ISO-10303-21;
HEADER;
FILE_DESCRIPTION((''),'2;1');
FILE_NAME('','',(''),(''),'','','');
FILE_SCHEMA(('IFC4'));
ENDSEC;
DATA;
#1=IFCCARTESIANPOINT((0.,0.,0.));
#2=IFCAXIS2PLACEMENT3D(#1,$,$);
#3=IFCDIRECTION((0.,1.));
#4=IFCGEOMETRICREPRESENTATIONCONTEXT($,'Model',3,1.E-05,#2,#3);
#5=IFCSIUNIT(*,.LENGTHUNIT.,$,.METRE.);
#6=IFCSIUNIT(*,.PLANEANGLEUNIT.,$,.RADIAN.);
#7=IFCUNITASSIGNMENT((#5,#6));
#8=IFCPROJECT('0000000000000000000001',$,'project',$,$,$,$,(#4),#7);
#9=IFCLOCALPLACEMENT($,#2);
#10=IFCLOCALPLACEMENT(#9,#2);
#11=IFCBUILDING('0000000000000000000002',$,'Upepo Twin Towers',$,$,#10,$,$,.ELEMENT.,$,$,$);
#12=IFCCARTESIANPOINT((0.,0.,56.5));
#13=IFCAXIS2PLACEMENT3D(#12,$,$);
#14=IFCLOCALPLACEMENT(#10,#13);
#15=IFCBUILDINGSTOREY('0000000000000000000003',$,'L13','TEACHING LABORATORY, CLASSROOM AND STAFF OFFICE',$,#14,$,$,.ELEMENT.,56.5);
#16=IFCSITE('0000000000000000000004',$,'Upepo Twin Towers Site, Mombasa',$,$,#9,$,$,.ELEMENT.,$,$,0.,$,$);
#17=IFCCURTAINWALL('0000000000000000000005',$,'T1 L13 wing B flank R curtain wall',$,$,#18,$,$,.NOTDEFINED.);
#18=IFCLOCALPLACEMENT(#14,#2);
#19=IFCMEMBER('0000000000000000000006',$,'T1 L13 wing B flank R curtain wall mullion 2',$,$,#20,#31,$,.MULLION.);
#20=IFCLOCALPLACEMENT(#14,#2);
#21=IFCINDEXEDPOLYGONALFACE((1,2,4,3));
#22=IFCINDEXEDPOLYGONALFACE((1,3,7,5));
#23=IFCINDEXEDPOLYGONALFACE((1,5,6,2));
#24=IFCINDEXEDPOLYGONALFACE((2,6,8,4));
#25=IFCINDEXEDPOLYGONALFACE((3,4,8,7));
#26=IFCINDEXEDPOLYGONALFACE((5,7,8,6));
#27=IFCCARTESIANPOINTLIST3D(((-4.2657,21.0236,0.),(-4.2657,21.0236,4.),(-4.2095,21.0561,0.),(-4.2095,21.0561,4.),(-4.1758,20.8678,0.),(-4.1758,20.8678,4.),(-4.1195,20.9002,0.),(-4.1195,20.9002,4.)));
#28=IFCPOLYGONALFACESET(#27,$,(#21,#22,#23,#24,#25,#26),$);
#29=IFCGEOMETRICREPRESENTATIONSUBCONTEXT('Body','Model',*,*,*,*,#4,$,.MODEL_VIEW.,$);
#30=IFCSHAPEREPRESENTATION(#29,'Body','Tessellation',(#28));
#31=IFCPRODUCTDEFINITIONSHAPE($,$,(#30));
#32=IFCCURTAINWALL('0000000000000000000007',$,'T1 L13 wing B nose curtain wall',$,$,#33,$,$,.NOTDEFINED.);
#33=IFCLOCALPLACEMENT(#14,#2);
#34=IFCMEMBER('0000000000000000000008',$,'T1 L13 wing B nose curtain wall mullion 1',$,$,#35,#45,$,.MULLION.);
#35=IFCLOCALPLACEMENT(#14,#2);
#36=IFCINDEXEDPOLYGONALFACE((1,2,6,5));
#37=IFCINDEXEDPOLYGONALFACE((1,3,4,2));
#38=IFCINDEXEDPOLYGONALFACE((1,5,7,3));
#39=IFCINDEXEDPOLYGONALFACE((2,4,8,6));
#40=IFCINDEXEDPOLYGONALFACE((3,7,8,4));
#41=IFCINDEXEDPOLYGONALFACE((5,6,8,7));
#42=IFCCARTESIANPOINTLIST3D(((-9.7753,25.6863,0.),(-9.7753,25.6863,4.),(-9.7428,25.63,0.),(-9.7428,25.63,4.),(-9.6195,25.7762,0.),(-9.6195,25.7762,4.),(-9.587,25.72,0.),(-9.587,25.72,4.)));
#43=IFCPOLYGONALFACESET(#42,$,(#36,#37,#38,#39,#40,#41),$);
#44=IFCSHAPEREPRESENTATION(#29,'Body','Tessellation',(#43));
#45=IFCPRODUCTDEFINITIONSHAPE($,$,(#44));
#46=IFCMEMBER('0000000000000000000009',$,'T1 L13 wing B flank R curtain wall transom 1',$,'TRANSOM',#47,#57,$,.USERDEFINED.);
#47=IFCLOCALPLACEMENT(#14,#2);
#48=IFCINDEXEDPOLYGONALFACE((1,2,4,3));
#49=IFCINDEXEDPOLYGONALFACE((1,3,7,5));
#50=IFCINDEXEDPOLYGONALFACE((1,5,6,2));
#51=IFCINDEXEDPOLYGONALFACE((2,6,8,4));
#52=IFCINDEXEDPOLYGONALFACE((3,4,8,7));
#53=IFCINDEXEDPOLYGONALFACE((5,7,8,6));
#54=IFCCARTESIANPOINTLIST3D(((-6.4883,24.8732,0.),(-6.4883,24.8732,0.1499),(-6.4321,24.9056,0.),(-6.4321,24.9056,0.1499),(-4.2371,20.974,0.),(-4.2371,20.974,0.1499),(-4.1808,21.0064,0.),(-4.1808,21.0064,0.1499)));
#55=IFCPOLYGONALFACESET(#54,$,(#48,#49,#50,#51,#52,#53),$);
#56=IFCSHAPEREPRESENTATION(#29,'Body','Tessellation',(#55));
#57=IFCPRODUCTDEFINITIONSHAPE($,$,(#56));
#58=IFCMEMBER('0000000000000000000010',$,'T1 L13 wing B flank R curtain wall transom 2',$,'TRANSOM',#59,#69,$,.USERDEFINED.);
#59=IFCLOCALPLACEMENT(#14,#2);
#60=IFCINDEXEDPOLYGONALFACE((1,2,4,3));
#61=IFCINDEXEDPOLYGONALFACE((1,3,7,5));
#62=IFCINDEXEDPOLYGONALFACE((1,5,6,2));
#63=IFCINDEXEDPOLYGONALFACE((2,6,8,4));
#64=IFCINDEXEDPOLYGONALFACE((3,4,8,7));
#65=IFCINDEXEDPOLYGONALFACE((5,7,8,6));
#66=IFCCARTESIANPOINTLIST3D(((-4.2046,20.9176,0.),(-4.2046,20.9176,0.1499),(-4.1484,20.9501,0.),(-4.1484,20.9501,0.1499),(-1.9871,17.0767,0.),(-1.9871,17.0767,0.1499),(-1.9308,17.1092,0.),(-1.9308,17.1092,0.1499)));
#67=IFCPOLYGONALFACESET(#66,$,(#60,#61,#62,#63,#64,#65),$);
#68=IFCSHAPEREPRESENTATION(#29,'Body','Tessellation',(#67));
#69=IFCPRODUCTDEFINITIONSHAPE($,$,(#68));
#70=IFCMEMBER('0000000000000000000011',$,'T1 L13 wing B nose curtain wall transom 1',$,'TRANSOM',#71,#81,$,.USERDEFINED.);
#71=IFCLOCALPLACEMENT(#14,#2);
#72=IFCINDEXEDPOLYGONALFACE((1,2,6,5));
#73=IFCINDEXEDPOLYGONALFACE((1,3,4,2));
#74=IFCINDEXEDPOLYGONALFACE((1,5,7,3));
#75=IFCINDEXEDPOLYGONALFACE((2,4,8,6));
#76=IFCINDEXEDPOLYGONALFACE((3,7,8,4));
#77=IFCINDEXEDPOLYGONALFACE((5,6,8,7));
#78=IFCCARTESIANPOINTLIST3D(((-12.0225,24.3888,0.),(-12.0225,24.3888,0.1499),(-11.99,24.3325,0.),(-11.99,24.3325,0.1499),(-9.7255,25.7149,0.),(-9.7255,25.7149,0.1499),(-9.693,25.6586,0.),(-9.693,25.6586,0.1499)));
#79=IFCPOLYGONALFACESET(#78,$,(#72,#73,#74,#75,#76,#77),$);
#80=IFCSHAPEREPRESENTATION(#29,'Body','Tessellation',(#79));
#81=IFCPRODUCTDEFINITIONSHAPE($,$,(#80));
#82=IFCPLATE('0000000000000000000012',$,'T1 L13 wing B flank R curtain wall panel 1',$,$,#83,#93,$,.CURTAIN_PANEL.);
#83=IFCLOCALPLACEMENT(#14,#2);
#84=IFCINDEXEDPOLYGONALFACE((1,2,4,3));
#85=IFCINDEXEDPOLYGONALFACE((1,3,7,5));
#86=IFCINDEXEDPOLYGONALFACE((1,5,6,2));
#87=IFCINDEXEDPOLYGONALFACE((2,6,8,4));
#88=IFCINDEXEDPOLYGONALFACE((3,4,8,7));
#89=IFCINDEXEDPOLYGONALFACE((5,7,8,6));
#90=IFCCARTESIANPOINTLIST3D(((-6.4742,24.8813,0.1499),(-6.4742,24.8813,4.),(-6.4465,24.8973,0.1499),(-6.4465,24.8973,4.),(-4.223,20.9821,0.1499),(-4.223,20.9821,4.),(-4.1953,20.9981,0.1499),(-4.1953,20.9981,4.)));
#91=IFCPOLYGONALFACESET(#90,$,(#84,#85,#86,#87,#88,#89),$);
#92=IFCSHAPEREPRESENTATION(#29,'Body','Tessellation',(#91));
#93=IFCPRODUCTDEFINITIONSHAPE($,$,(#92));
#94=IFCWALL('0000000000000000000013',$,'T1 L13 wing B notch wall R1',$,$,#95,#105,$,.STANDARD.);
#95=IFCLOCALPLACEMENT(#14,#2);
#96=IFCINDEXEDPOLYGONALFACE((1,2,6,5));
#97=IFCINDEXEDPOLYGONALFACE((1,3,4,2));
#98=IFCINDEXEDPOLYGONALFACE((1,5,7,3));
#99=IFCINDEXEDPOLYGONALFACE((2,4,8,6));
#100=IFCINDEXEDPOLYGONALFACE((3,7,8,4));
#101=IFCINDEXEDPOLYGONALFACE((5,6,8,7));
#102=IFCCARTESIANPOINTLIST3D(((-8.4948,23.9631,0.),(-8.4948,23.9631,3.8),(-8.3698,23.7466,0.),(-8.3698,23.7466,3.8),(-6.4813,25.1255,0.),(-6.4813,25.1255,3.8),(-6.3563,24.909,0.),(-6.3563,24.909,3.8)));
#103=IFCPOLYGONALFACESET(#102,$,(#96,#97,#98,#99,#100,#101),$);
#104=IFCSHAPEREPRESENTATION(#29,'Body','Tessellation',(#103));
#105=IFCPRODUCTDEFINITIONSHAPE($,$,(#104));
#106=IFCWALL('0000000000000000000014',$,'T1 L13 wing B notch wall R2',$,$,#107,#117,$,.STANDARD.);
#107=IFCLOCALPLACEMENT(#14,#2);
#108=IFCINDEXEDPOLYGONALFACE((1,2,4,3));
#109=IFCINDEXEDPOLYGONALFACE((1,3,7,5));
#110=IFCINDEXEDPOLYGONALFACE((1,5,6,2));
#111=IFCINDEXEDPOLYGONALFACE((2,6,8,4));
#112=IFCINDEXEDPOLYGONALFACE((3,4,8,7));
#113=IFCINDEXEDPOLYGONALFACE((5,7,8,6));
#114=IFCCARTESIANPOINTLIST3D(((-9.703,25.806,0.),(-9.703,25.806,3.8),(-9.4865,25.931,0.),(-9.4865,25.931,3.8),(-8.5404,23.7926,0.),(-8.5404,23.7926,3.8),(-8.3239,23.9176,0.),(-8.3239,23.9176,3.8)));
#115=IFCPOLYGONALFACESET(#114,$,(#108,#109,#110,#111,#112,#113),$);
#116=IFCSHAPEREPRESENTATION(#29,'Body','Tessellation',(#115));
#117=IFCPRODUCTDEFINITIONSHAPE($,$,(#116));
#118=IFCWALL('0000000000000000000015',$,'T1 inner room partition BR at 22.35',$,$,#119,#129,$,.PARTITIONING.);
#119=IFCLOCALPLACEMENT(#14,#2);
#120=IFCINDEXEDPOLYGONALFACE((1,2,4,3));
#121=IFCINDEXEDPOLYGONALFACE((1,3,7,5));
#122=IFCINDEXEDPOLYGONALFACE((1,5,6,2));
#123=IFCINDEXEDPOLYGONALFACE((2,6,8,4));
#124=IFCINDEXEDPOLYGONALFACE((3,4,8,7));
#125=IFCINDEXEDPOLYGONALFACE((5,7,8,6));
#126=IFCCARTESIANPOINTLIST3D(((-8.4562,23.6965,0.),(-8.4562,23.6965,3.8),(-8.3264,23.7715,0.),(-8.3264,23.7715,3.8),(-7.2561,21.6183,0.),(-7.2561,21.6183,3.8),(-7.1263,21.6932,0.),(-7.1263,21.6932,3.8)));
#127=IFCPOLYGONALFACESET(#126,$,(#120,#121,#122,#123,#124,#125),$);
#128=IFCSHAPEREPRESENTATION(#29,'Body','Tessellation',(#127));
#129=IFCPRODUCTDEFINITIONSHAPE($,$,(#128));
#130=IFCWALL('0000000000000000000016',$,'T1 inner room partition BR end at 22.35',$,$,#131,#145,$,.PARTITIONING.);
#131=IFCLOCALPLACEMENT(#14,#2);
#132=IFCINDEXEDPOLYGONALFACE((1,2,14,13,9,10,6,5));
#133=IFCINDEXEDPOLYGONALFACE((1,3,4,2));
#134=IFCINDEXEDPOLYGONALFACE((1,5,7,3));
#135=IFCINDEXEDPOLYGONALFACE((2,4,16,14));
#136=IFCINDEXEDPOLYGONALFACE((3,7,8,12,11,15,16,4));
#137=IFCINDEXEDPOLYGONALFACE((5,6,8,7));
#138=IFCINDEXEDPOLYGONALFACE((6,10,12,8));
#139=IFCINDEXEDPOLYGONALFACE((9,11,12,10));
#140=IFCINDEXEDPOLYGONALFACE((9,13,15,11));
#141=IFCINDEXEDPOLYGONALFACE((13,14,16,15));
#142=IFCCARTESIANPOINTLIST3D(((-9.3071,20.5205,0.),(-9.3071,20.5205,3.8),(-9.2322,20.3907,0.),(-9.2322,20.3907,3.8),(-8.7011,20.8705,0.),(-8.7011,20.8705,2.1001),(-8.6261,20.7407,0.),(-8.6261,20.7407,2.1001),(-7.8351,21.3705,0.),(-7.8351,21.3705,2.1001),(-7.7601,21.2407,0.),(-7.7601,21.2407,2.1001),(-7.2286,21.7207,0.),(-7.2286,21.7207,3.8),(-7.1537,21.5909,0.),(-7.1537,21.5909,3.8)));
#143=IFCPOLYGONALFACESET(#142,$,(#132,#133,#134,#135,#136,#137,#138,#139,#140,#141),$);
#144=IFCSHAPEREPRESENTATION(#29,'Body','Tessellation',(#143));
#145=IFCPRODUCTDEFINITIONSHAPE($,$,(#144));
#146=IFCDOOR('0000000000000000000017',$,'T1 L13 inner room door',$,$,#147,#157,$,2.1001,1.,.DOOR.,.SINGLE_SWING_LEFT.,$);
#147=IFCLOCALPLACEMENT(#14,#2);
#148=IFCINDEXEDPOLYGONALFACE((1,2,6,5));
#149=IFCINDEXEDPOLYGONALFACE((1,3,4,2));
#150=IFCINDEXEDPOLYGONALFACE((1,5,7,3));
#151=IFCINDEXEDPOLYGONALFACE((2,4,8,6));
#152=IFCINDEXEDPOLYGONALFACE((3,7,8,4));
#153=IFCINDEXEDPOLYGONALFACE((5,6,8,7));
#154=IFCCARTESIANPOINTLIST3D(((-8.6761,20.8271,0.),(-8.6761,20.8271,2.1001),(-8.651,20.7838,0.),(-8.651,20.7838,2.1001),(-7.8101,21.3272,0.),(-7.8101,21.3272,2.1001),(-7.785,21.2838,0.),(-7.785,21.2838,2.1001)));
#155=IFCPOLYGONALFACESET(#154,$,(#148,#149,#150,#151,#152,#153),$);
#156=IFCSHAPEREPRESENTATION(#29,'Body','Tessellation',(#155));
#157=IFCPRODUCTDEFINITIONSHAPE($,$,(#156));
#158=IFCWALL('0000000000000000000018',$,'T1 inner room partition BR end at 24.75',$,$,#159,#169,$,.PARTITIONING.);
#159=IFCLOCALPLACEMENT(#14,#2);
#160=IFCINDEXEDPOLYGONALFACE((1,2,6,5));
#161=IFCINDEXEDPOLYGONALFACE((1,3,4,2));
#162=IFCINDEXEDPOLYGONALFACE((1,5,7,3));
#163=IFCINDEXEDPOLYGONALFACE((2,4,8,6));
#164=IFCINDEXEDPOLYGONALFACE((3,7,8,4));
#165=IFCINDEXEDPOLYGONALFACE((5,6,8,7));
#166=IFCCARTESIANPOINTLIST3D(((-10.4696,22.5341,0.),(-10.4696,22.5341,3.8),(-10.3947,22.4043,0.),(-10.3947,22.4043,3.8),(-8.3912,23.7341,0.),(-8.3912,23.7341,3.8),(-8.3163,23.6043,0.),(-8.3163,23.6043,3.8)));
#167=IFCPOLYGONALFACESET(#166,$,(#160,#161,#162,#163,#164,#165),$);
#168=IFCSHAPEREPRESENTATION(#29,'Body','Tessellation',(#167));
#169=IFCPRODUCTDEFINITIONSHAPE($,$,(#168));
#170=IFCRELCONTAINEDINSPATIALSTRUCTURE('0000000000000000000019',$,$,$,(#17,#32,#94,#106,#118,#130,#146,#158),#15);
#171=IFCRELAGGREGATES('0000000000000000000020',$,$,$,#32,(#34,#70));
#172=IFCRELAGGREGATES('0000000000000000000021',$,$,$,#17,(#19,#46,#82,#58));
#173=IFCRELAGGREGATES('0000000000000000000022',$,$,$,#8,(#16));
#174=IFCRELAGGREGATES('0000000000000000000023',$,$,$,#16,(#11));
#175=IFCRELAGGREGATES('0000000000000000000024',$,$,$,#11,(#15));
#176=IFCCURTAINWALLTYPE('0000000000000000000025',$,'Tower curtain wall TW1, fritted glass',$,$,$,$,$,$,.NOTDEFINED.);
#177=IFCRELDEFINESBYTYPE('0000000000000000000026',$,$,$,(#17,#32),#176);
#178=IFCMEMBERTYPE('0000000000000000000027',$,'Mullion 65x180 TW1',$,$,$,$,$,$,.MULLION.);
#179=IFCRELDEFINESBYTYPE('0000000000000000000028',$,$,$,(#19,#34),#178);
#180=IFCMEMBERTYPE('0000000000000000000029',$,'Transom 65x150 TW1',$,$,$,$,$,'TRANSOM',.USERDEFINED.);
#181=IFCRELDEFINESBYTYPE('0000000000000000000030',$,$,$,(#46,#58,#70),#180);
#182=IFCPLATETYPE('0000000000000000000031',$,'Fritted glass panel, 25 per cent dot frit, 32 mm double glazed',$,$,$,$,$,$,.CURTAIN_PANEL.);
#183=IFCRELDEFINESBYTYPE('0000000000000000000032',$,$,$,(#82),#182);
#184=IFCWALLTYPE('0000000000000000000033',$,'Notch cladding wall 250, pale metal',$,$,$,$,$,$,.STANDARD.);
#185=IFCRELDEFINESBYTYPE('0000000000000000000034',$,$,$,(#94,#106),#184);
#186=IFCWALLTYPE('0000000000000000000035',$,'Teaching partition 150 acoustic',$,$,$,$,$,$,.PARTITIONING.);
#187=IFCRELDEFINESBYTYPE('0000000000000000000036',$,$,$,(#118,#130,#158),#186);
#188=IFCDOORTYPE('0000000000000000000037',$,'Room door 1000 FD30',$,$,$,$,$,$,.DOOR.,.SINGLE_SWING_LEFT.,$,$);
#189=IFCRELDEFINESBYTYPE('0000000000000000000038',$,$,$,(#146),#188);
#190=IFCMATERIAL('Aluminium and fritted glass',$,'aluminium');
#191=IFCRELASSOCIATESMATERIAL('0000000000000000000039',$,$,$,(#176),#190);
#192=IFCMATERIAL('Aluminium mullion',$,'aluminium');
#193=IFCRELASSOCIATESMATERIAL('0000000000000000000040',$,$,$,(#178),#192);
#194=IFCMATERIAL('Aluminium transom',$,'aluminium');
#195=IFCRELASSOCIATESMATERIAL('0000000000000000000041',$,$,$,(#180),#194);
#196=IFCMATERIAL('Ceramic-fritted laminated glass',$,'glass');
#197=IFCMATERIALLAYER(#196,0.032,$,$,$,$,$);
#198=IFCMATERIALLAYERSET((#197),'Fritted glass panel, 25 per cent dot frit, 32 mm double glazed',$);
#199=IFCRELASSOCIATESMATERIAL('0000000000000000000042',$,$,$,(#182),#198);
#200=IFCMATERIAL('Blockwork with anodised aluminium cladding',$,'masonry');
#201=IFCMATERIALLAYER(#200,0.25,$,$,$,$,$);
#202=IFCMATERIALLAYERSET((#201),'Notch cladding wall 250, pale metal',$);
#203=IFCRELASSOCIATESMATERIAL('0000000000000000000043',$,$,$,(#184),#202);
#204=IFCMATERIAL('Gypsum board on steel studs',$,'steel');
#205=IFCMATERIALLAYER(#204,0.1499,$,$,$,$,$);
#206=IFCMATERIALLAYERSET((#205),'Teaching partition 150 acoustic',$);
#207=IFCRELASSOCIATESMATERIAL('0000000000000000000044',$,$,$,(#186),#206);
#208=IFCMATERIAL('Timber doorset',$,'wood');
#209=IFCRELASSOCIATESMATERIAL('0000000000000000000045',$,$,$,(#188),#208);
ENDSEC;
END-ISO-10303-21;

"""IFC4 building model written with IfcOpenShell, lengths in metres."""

from ifc_helpers import new_model, si_unit, direction, frame, frame_2d, origin, origin_2d, place, context, subcontext, project, spatial, rectangle, extrude, material, layer, layer_set, material_profile, profile_set, type_object, element, fill, aggregate, save


model = new_model("IFC4")

# Units and contexts
model_context = context("Model", 3, precision=1e-05, world=origin(), true_north=direction((0.0, 1.0)))
body_context = subcontext(model_context, "Body", "Model", "MODEL_VIEW")
ifc_project = project(units=[si_unit("LENGTHUNIT", "METRE"), si_unit("PLANEANGLEUNIT", "RADIAN")], contexts=[model_context])

# Site, building, storey
site_placement = place(None, origin())
site = spatial("IfcSite", under=ifc_project, at=site_placement, Name="Upepo Twin Towers Site, Mombasa", CompositionType="ELEMENT", RefElevation=0.0)
building_placement = place(site_placement, origin())
building = spatial("IfcBuilding", under=site, at=building_placement, Name="Upepo Twin Towers", CompositionType="ELEMENT")
storey_placement = place(building_placement, frame((0.0, 0.0, 56.5)))
storey = spatial("IfcBuildingStorey", under=building, at=storey_placement, Name="L13", Description="TEACHING LABORATORY, CLASSROOM AND STAFF OFFICE", CompositionType="ELEMENT", Elevation=56.5)

# Curtain wall, member
ifc_material_1 = material(Name="Aluminium and fritted glass", Category="aluminium")
curtain_wall_type = type_object("IfcCurtainWallType", Name="Tower curtain wall TW1, fritted glass", PredefinedType="NOTDEFINED", material=ifc_material_1)
curtain_wall_1_placement = place(storey_placement, origin())
curtain_wall_1 = element("IfcCurtainWall", 1, at=curtain_wall_1_placement, inside=storey, type_object=curtain_wall_type, Name="T1 L13 wing B flank R curtain wall", PredefinedType="NOTDEFINED")
ifc_material_2 = material(Name="Aluminium mullion", Category="aluminium")
ifc_material_profile_1 = material_profile(ifc_material_2, rectangle(XDim=0.0649, YDim=0.1799, at=origin_2d()), Name="MULLION 65x180")
ifc_profile_set_1 = profile_set([ifc_material_profile_1], Name="Aluminium mullion")
member_type_1 = type_object("IfcMemberType", Name="Mullion 65x180 TW1", PredefinedType="MULLION", material=ifc_profile_set_1)
member_1_placement = place(storey_placement, frame((-4.1926, 20.9619, 0.0), z_axis=(0.0, 0.0, 1.0), x_axis=(0.866025, 0.5, 0.0)))
member_1 = element("IfcMember", 2, at=member_1_placement, type_object=member_type_1, Name="T1 L13 wing B flank R curtain wall mullion 2", PredefinedType="MULLION", context=body_context, shape_type="SweptSolid", body=[
    extrude(rectangle(XDim=0.0649, YDim=0.1799, at=origin_2d()), origin(), (0.0, 0.0, 1.0), 4.0),
])

# Curtain wall, member
curtain_wall_2_placement = place(storey_placement, origin())
curtain_wall_2 = element("IfcCurtainWall", 3, at=curtain_wall_2_placement, inside=storey, type_object=curtain_wall_type, Name="T1 L13 wing B nose curtain wall", PredefinedType="NOTDEFINED")
member_2_placement = place(storey_placement, frame((-9.6812, 25.7031, 0.0), z_axis=(0.0, 0.0, 1.0), x_axis=(0.5, -0.866025, 0.0)))
member_2 = element("IfcMember", 4, at=member_2_placement, type_object=member_type_1, Name="T1 L13 wing B nose curtain wall mullion 1", PredefinedType="MULLION", context=body_context, shape_type="SweptSolid", body=[
    extrude(rectangle(XDim=0.0649, YDim=0.1799, at=origin_2d()), origin(), (0.0, 0.0, 1.0), 4.0),
])

# Members
ifc_material_3 = material(Name="Aluminium transom", Category="aluminium")
ifc_material_profile_2 = material_profile(ifc_material_3, rectangle(XDim=0.0649, YDim=0.1499, at=origin_2d()), Name="TRANSOM 65x150")
ifc_profile_set_2 = profile_set([ifc_material_profile_2], Name="Aluminium transom")
member_type_2 = type_object("IfcMemberType", Name="Transom 65x150 TW1", ElementType="TRANSOM", PredefinedType="USERDEFINED", material=ifc_profile_set_2)
member_3_placement = place(storey_placement, frame((-6.4602, 24.8894, 0.075), z_axis=(0.500006, -0.866022, 0.0), x_axis=(0.866022, 0.500006, 0.0)))
member_3 = element("IfcMember", 5, at=member_3_placement, type_object=member_type_2, Name="T1 L13 wing B flank R curtain wall transom 1", ObjectType="TRANSOM", PredefinedType="USERDEFINED", context=body_context, shape_type="SweptSolid", body=[
    extrude(rectangle(XDim=0.0649, YDim=0.1499, at=origin_2d()), origin(), (0.0, 0.0, 1.0), 4.5024),
])
member_4_placement = place(storey_placement, frame((-4.1765, 20.9338, 0.075), z_axis=(0.500005, -0.866022, 0.0), x_axis=(0.866022, 0.500005, 0.0)))
member_4 = element("IfcMember", 6, at=member_4_placement, type_object=member_type_2, Name="T1 L13 wing B flank R curtain wall transom 2", ObjectType="TRANSOM", PredefinedType="USERDEFINED", context=body_context, shape_type="SweptSolid", body=[
    extrude(rectangle(XDim=0.0649, YDim=0.1499, at=origin_2d()), origin(), (0.0, 0.0, 1.0), 4.4351),
])
member_5_placement = place(storey_placement, frame((-9.7092, 25.6868, 0.075), z_axis=(-0.866037, -0.49998, 0.0), x_axis=(0.49998, -0.866037, 0.0)))
member_5 = element("IfcMember", 7, at=member_5_placement, type_object=member_type_2, Name="T1 L13 wing B nose curtain wall transom 1", ObjectType="TRANSOM", PredefinedType="USERDEFINED", context=body_context, shape_type="SweptSolid", body=[
    extrude(rectangle(XDim=0.0649, YDim=0.1499, at=origin_2d()), origin(), (0.0, 0.0, 1.0), 2.6523),
])
aggregate(curtain_wall_2, [member_2, member_5])

# Plate
ifc_material_4 = material(Name="Ceramic-fritted laminated glass", Category="glass")
ifc_layer_1 = layer(ifc_material_4, 0.032)
ifc_layer_set_1 = layer_set([ifc_layer_1], Name="Fritted glass panel, 25 per cent dot frit, 32 mm double glazed")
plate_type = type_object("IfcPlateType", Name="Fritted glass panel, 25 per cent dot frit, 32 mm double glazed", PredefinedType="CURTAIN_PANEL", material=ifc_layer_set_1)
plate_placement = place(storey_placement, frame((-5.3347, 22.9397, 0.1499), z_axis=(0.0, 0.0, 1.0), x_axis=(0.5, -0.866025, 0.0)))
plate = element("IfcPlate", 8, at=plate_placement, type_object=plate_type, Name="T1 L13 wing B flank R curtain wall panel 1", PredefinedType="CURTAIN_PANEL", context=body_context, shape_type="SweptSolid", body=[
    extrude(rectangle(XDim=4.5024, YDim=0.032, at=origin_2d()), origin(), (0.0, 0.0, 1.0), 3.8501),
])
aggregate(curtain_wall_1, [member_1, member_3, plate, member_4])

# Walls
ifc_material_5 = material(Name="Blockwork with anodised aluminium cladding", Category="masonry")
ifc_layer_2 = layer(ifc_material_5, 0.25)
ifc_layer_set_2 = layer_set([ifc_layer_2], Name="Notch cladding wall 250, pale metal")
wall_type_1 = type_object("IfcWallType", Name="Notch cladding wall 250, pale metal", PredefinedType="STANDARD", material=ifc_layer_set_2)
for number, where, z_axis, x_axis, name in (
    (9, (-6.4187, 25.0173, 0.0), (0.0, 0.0, 1.0), (-0.866044, -0.499968, 0.0), "T1 L13 wing B notch wall R1"),
    (10, (-8.4321, 23.855, 0.0), (0.0, 0.0, 1.0), (-0.500047, 0.865998, 0.0), "T1 L13 wing B notch wall R2"),
):
    element("IfcWall", number, at=place(storey_placement, frame(where, z_axis=z_axis, x_axis=x_axis)), inside=storey, type_object=wall_type_1, Name=name, PredefinedType="STANDARD", context=body_context, shape_type="SweptSolid", body=[
        extrude(rectangle(XDim=2.325, YDim=0.25, at=frame_2d((1.1626, 0.0))), origin(), (0.0, 0.0, 1.0), 3.8),
    ])
ifc_material_6 = material(Name="Gypsum board on steel studs", Category="steel")
ifc_layer_3 = layer(ifc_material_6, 0.1499)
ifc_layer_set_3 = layer_set([ifc_layer_3], Name="Teaching partition 150 acoustic")
wall_type_2 = type_object("IfcWallType", Name="Teaching partition 150 acoustic", PredefinedType="PARTITIONING", material=ifc_layer_set_3)
wall_1_placement = place(storey_placement, frame((-7.1912, 21.6558, 0.0), z_axis=(0.0, 0.0, 1.0), x_axis=(-0.500078, 0.865981, 0.0)))
element("IfcWall", 11, at=wall_1_placement, inside=storey, type_object=wall_type_2, Name="T1 inner room partition BR at 22.35", PredefinedType="PARTITIONING", context=body_context, shape_type="SweptSolid", body=[
    extrude(rectangle(XDim=2.3999, YDim=0.1499, at=frame_2d((1.2, 0.0))), origin(), (0.0, 0.0, 1.0), 3.8),
])

# Wall, opening, door
wall_2_placement = place(storey_placement, frame((-9.2698, 20.4556, 0.0), z_axis=(0.0, 0.0, 1.0), x_axis=(0.866006, 0.500034, 0.0)))
wall_2 = element("IfcWall", 12, at=wall_2_placement, inside=storey, type_object=wall_type_2, Name="T1 inner room partition BR end at 22.35", PredefinedType="PARTITIONING", context=body_context, shape_type="SweptSolid", body=[
    extrude(rectangle(XDim=2.4001, YDim=0.1499, at=frame_2d((1.2002, 0.0))), origin(), (0.0, 0.0, 1.0), 3.8),
])
opening_1_placement = place(wall_2_placement, frame((0.7, 0.0, 0.0)))
opening_1 = element("IfcOpeningElement", 13, at=opening_1_placement, cuts=wall_2, PredefinedType="OPENING", context=body_context, shape_type="SweptSolid", body=[
    extrude(rectangle(XDim=1.0, YDim=2.1001, at=frame_2d((0.5, 1.05))), frame((0.0, 0.085, 0.0), z_axis=(0.0, -1.0, 0.0), x_axis=(1.0, 0.0, 0.0)), (0.0, 0.0, 1.0), 0.1699),
])
ifc_material_7 = material(Name="Timber doorset", Category="wood")
door_type = type_object("IfcDoorType", Name="Room door 1000 FD30", OperationType="SINGLE_SWING_LEFT", PredefinedType="DOOR", material=ifc_material_7)
door_1_placement = place(opening_1_placement, origin())
door_1 = element("IfcDoor", 14, at=door_1_placement, inside=storey, type_object=door_type, Name="T1 L13 inner room door", OperationType="SINGLE_SWING_LEFT", OverallHeight=2.1001, OverallWidth=1.0, PredefinedType="DOOR", context=body_context, shape_type="SweptSolid", body=[
    extrude(rectangle(XDim=1.0, YDim=2.1001, at=frame_2d((0.5, 1.05))), frame((0.0, 0.0249, 0.0), z_axis=(0.0, -1.0, 0.0), x_axis=(1.0, 0.0, 0.0)), (0.0, 0.0, 1.0), 0.05),
])
fill(opening_1, door_1)

# Wall
wall_3_placement = place(storey_placement, frame((-10.4321, 22.4692, 0.0), z_axis=(0.0, 0.0, 1.0), x_axis=(0.866025, 0.500001, 0.0)))
element("IfcWall", 15, at=wall_3_placement, inside=storey, type_object=wall_type_2, Name="T1 inner room partition BR end at 24.75", PredefinedType="PARTITIONING", context=body_context, shape_type="SweptSolid", body=[
    extrude(rectangle(XDim=2.3999, YDim=0.1499, at=frame_2d((1.2, 0.0))), origin(), (0.0, 0.0, 1.0), 3.8),
])

save(model, "model.ifc")
